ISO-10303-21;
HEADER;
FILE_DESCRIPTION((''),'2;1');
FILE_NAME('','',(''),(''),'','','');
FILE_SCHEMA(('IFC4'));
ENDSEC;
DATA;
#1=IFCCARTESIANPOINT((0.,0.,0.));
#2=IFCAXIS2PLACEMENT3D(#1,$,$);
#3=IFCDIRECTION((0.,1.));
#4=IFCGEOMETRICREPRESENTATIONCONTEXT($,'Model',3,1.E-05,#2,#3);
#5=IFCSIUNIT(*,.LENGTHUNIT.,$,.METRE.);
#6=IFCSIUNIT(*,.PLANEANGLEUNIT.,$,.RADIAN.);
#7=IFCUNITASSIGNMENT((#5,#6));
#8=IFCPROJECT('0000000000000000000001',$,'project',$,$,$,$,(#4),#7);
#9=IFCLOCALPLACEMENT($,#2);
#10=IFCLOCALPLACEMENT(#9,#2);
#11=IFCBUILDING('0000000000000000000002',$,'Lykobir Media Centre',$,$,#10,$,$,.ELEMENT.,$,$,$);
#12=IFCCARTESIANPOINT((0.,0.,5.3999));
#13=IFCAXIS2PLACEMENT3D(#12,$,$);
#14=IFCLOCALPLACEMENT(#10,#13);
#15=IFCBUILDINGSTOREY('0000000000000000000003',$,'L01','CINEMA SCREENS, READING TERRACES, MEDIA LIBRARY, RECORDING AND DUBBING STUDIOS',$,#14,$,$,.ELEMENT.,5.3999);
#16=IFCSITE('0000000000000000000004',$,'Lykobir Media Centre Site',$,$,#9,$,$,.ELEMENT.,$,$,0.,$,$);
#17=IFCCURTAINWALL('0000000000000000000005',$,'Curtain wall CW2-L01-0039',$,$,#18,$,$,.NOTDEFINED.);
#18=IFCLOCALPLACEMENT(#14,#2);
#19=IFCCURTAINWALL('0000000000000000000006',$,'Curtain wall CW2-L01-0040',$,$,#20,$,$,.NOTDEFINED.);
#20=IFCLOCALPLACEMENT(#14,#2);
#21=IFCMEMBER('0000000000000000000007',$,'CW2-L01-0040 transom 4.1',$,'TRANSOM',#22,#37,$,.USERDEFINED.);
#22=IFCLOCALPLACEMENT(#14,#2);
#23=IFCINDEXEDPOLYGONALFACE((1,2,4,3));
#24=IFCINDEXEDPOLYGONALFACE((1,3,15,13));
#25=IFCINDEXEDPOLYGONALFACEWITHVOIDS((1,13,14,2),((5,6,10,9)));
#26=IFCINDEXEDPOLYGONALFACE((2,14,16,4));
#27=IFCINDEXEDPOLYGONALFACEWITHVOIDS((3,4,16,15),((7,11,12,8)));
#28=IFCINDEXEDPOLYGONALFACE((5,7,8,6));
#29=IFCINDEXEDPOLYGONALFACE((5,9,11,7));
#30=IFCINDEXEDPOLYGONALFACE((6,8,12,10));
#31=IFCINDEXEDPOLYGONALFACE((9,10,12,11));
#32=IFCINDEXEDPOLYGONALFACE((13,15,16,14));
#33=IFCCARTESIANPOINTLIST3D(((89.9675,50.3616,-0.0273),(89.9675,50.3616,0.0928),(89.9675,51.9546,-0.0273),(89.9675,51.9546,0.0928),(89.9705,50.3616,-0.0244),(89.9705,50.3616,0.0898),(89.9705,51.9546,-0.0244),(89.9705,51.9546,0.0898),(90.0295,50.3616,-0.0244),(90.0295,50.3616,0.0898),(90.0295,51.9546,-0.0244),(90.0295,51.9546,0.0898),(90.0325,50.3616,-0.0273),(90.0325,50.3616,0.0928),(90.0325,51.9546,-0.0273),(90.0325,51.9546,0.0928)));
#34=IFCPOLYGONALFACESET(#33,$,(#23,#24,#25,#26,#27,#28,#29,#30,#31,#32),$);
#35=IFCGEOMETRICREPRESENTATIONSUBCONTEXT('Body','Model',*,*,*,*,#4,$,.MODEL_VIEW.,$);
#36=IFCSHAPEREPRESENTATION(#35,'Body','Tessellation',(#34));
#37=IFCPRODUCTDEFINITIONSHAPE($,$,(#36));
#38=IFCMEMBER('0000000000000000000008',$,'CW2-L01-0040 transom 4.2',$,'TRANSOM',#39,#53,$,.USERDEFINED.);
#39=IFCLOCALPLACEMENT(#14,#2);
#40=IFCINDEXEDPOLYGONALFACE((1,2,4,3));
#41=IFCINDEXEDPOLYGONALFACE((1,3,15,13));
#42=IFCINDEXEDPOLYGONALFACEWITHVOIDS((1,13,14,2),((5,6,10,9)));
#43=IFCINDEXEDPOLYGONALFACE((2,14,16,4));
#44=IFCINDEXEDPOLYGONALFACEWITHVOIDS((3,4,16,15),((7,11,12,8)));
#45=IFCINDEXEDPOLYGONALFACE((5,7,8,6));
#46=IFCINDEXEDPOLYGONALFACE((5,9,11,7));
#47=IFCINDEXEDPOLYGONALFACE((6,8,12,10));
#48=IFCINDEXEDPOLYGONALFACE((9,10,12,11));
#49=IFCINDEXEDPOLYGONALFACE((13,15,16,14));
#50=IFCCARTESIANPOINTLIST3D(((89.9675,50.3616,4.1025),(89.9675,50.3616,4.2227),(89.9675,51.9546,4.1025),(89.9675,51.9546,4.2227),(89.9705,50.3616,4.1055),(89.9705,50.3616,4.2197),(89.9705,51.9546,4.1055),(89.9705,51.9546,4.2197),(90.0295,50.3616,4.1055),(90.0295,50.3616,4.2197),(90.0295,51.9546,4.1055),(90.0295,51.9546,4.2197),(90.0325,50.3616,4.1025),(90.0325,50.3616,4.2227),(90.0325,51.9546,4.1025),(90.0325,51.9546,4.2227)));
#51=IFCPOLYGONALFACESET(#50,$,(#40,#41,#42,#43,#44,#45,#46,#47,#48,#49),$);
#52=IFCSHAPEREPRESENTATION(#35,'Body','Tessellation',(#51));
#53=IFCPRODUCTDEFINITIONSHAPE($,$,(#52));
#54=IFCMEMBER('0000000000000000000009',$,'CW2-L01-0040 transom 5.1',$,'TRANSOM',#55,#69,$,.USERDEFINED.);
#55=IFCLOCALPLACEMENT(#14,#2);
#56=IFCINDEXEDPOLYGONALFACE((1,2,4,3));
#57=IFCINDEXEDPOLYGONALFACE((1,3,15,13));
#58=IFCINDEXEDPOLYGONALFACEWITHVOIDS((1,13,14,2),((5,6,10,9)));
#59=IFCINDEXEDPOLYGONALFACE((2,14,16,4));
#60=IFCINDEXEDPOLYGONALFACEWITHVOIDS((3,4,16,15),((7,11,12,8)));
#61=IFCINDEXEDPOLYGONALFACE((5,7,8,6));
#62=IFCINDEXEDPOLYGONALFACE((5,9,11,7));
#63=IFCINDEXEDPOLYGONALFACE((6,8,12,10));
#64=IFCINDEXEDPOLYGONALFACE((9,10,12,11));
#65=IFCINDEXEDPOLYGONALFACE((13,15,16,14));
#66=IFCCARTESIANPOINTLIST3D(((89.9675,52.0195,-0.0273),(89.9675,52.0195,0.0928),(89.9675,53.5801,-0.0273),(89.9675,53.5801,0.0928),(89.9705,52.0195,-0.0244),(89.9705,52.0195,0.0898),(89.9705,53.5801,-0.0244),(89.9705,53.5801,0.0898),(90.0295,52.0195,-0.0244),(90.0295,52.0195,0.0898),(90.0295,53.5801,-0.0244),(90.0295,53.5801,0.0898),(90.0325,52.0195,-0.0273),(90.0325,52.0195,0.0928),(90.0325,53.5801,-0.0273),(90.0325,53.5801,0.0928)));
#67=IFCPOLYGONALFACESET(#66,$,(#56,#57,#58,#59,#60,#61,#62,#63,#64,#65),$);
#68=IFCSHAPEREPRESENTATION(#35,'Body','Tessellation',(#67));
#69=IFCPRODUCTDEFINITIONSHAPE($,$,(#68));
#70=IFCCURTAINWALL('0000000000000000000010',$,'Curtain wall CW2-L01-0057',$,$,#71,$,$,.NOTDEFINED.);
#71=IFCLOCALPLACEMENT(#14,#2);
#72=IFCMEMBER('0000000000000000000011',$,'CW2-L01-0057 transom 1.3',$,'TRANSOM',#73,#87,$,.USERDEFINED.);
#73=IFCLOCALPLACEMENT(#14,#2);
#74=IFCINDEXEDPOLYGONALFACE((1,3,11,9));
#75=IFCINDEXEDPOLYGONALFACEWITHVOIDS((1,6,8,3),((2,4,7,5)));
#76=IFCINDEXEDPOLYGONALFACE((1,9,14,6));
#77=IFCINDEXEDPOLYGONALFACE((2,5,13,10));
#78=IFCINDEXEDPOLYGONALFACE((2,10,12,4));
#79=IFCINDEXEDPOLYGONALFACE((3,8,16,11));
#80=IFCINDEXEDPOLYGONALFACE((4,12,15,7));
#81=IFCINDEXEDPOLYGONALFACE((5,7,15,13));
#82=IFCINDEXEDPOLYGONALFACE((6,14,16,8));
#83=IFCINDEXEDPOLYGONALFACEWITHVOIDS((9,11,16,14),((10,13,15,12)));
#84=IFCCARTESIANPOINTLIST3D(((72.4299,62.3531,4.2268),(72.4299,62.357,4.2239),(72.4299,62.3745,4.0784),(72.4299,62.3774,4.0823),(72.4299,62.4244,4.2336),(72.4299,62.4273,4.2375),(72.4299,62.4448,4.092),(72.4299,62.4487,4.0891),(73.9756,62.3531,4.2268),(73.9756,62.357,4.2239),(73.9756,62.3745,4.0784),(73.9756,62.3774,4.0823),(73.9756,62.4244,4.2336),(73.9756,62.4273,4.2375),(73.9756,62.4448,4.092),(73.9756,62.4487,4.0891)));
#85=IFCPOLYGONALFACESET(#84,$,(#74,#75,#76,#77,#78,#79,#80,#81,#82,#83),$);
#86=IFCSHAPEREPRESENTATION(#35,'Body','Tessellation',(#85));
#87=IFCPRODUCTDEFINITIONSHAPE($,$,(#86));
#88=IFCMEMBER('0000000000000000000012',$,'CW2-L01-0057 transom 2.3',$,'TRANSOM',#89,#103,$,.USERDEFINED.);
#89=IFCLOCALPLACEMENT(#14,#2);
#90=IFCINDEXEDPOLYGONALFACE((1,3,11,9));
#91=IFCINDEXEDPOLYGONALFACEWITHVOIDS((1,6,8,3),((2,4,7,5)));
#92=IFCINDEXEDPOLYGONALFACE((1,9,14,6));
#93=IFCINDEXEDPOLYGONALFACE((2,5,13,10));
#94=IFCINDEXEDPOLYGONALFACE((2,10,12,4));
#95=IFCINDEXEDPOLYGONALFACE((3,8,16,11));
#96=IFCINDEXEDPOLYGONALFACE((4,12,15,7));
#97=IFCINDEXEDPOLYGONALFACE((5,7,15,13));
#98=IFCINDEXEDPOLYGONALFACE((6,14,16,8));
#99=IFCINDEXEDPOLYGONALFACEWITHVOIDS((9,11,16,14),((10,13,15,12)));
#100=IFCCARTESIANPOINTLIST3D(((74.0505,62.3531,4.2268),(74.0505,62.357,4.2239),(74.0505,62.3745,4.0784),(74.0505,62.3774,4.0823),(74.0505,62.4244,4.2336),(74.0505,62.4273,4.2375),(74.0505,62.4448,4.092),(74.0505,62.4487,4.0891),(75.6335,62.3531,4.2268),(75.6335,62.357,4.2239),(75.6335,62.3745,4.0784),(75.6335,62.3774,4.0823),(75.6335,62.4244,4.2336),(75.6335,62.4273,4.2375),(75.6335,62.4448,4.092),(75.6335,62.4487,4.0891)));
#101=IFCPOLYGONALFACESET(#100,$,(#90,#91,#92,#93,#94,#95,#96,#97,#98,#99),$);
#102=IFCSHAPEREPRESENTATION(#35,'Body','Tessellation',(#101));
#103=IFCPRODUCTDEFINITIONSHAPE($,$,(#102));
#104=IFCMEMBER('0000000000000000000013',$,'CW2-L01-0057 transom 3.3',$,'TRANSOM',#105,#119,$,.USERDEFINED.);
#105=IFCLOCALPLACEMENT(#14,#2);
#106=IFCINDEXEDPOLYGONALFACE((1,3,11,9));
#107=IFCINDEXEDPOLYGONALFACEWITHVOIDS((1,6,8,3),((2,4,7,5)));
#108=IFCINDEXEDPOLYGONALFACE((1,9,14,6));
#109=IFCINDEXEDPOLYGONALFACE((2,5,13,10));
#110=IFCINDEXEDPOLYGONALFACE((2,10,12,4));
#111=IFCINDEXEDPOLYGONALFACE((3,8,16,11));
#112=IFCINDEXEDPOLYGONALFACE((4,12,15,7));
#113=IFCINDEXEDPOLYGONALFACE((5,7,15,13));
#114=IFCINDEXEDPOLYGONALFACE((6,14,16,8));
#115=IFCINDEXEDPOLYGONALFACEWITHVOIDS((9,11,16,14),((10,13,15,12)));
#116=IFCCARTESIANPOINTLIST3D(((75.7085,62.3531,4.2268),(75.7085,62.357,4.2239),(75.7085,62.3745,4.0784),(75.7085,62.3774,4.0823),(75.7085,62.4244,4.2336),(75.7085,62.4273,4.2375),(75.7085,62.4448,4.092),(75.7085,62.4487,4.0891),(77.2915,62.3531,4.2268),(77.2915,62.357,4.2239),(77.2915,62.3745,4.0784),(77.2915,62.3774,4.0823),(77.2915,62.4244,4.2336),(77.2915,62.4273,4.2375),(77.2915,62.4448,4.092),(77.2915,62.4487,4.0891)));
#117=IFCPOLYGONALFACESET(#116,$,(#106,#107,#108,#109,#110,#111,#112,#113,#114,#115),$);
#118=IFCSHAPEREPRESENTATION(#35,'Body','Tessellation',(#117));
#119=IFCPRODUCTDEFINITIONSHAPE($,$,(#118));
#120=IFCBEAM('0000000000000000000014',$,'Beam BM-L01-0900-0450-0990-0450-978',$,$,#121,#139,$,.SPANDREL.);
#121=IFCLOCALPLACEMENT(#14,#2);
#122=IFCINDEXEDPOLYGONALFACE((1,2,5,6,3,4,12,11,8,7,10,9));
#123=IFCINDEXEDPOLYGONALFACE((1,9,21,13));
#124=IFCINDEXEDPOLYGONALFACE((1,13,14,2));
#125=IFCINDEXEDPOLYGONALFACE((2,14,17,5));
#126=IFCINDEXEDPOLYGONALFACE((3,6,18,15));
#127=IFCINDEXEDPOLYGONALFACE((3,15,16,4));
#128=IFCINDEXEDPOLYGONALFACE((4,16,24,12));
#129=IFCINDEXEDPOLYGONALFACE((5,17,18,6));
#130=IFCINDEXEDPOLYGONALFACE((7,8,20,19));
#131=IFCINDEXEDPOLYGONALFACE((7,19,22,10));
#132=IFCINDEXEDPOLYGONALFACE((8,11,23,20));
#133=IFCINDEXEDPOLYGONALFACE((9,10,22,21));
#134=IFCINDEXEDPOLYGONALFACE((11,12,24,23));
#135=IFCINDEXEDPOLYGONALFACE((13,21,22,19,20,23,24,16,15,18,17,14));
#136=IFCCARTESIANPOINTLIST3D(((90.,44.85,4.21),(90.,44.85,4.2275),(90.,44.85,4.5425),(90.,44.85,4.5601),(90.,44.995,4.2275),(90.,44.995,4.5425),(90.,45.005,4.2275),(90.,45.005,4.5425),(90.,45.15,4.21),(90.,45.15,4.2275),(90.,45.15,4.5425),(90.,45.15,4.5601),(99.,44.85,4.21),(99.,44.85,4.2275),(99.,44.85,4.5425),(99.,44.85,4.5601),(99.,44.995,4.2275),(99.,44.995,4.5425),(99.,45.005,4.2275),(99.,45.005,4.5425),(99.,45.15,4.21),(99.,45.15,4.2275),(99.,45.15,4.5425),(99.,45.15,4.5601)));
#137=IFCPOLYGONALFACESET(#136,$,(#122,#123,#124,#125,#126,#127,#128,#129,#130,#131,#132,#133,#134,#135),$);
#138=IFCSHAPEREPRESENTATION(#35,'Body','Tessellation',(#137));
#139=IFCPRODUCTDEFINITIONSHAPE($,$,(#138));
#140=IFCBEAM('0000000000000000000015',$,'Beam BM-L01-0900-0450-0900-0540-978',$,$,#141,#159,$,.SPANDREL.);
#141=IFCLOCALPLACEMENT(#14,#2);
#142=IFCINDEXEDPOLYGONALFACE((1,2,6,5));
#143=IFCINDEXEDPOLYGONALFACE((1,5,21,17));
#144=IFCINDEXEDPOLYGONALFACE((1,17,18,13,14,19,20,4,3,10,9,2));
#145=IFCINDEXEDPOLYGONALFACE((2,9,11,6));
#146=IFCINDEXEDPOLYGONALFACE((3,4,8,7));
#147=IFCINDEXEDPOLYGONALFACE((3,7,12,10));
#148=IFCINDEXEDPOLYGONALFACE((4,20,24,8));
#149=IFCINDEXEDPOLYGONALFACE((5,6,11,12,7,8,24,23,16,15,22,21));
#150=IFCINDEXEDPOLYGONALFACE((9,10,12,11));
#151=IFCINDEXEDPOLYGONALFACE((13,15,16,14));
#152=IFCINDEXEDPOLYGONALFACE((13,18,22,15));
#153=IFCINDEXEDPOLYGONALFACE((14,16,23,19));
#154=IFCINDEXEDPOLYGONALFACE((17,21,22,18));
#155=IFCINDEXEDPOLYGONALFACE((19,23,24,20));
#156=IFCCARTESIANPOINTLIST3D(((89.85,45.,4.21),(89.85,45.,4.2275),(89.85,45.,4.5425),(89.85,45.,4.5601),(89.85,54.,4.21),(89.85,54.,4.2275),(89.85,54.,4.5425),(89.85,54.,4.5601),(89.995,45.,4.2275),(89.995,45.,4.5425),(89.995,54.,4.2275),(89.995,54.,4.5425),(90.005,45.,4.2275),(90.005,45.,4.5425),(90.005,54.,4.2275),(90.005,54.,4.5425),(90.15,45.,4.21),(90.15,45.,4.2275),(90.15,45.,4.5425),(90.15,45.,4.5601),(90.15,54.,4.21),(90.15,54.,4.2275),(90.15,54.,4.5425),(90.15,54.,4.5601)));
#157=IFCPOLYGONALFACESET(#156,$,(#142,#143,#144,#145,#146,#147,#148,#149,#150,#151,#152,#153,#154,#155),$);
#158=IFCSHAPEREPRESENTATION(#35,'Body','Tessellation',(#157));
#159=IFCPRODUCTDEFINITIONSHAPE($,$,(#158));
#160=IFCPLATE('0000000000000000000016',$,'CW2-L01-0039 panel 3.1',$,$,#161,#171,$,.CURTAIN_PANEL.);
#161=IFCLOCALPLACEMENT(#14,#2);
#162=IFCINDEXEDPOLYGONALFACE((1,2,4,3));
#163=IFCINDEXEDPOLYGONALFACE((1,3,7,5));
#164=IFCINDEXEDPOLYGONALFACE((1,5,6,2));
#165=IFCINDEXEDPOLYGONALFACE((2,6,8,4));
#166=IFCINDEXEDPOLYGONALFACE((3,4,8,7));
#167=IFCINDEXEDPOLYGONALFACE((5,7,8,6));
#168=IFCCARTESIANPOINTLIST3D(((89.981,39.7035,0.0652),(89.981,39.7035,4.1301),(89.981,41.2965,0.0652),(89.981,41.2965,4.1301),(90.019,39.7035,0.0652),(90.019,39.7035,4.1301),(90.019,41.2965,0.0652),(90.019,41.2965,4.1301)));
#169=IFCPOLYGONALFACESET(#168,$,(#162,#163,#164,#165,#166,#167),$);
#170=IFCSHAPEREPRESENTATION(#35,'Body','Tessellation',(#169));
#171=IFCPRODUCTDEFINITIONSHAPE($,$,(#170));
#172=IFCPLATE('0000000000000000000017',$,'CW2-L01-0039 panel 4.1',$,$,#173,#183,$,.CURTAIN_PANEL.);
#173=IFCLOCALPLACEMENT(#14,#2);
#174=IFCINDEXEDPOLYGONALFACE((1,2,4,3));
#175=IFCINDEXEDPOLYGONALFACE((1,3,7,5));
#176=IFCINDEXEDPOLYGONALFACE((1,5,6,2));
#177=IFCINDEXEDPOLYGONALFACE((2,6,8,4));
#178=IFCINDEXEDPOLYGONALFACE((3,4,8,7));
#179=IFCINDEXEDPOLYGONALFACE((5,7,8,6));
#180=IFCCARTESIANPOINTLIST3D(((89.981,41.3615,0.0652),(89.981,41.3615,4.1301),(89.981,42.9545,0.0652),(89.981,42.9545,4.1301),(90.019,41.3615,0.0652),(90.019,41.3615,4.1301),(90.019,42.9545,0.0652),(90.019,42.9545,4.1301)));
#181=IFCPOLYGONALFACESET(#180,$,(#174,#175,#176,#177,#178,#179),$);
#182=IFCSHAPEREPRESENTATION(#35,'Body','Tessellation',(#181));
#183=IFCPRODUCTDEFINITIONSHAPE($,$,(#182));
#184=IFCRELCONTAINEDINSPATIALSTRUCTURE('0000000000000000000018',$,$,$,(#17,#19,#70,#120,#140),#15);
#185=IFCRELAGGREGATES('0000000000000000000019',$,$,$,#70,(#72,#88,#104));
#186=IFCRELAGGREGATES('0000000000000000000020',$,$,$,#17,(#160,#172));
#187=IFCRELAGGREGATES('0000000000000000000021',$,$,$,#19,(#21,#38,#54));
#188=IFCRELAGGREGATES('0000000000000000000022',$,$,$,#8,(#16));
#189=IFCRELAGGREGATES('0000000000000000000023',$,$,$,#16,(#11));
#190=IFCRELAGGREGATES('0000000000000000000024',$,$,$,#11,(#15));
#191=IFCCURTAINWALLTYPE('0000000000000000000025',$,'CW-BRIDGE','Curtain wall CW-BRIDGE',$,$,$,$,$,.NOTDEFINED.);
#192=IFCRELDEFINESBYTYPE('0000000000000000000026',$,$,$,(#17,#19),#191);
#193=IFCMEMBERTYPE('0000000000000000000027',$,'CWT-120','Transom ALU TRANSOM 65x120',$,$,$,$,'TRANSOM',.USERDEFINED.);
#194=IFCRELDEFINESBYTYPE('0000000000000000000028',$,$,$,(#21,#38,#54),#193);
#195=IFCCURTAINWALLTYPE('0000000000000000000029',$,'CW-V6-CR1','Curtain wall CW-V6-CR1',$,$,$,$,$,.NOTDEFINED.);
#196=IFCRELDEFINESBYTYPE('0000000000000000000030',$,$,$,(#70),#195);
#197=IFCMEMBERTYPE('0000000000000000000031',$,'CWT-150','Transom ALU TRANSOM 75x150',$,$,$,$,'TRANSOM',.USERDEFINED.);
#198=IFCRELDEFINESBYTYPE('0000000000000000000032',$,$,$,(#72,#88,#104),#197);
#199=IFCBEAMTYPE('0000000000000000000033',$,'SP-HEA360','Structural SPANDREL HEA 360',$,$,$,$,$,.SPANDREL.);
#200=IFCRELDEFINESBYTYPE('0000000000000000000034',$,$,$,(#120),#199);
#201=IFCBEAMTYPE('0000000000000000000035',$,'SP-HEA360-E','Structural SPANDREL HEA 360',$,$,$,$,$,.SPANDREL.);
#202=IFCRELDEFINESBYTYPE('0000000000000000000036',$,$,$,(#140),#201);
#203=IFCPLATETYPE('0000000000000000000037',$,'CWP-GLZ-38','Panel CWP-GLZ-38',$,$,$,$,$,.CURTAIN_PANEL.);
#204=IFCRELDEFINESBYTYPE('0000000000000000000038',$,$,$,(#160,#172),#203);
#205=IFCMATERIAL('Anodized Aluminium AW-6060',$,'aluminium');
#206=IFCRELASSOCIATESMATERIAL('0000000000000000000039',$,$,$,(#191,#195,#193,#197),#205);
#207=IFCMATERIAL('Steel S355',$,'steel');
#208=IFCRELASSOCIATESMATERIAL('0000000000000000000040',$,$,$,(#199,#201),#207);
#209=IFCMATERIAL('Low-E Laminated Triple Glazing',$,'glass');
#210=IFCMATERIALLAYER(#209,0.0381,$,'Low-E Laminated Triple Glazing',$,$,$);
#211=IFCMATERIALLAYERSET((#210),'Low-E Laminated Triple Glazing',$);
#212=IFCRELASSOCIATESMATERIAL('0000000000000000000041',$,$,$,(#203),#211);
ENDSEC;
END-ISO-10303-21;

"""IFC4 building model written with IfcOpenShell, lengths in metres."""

from ifc_helpers import new_model, si_unit, direction, frame, origin, origin_2d, place, context, subcontext, project, spatial, rectangle, hollow_rectangle, i_section, extrude, material, layer, layer_set, material_profile, profile_set, type_object, element, aggregate, save


model = new_model("IFC4")

# Units and contexts
model_context = context("Model", 3, precision=1e-05, world=origin(), true_north=direction((0.0, 1.0)))
body_context = subcontext(model_context, "Body", "Model", "MODEL_VIEW")
ifc_project = project(units=[si_unit("LENGTHUNIT", "METRE"), si_unit("PLANEANGLEUNIT", "RADIAN")], contexts=[model_context])

# Site, building, storey
site_placement = place(None, origin())
site = spatial("IfcSite", under=ifc_project, at=site_placement, Name="Lykobir Media Centre Site", CompositionType="ELEMENT", RefElevation=0.0)
building_placement = place(site_placement, origin())
building = spatial("IfcBuilding", under=site, at=building_placement, Name="Lykobir Media Centre", CompositionType="ELEMENT")
storey_placement = place(building_placement, frame((0.0, 0.0, 5.3999)))
storey = spatial("IfcBuildingStorey", under=building, at=storey_placement, Name="L01", Description="CINEMA SCREENS, READING TERRACES, MEDIA LIBRARY, RECORDING AND DUBBING STUDIOS", CompositionType="ELEMENT", Elevation=5.3999)

# Curtain walls
ifc_material_1 = material(Name="Anodized Aluminium AW-6060", Category="aluminium")
curtain_wall_type_1 = type_object("IfcCurtainWallType", Name="CW-BRIDGE", Description="Curtain wall CW-BRIDGE", PredefinedType="NOTDEFINED", material=ifc_material_1)
curtain_wall_1_placement = place(storey_placement, origin())
curtain_wall_1 = element("IfcCurtainWall", 1, at=curtain_wall_1_placement, inside=storey, type_object=curtain_wall_type_1, Name="Curtain wall CW2-L01-0039", PredefinedType="NOTDEFINED")
curtain_wall_2_placement = place(storey_placement, origin())
curtain_wall_2 = element("IfcCurtainWall", 2, at=curtain_wall_2_placement, inside=storey, type_object=curtain_wall_type_1, Name="Curtain wall CW2-L01-0040", PredefinedType="NOTDEFINED")

# Members
ifc_material_profile_1 = material_profile(ifc_material_1, hollow_rectangle(XDim=0.0649, YDim=0.1201, WallThickness=0.0029, at=origin_2d()), Name="ALU TRANSOM 65x120")
ifc_profile_set_1 = profile_set([ifc_material_profile_1], Name="Anodized Aluminium AW-6060")
member_type_1 = type_object("IfcMemberType", Name="CWT-120", Description="Transom ALU TRANSOM 65x120", ElementType="TRANSOM", PredefinedType="USERDEFINED", material=ifc_profile_set_1)
member_1_placement = place(storey_placement, frame((90.0, 50.3616, 0.0327), z_axis=(0.0, 1.0, 0.0), x_axis=(-1.0, 0.0, 0.0)))
member_1 = element("IfcMember", 3, at=member_1_placement, type_object=member_type_1, Name="CW2-L01-0040 transom 4.1", ObjectType="TRANSOM", PredefinedType="USERDEFINED", context=body_context, shape_type="SweptSolid", body=[
    extrude(hollow_rectangle(XDim=0.0649, YDim=0.1201, WallThickness=0.0029, at=origin_2d()), origin(), (0.0, 0.0, 1.0), 1.593),
])
member_2_placement = place(storey_placement, frame((90.0, 50.3616, 4.1626), z_axis=(0.0, 1.0, 0.0), x_axis=(-1.0, 0.0, 0.0)))
member_2 = element("IfcMember", 4, at=member_2_placement, type_object=member_type_1, Name="CW2-L01-0040 transom 4.2", ObjectType="TRANSOM", PredefinedType="USERDEFINED", context=body_context, shape_type="SweptSolid", body=[
    extrude(hollow_rectangle(XDim=0.0649, YDim=0.1201, WallThickness=0.0029, at=origin_2d()), origin(), (0.0, 0.0, 1.0), 1.593),
])
member_3_placement = place(storey_placement, frame((90.0, 52.0195, 0.0327), z_axis=(0.0, 1.0, 0.0), x_axis=(-1.0, 0.0, 0.0)))
member_3 = element("IfcMember", 5, at=member_3_placement, type_object=member_type_1, Name="CW2-L01-0040 transom 5.1", ObjectType="TRANSOM", PredefinedType="USERDEFINED", context=body_context, shape_type="SweptSolid", body=[
    extrude(hollow_rectangle(XDim=0.0649, YDim=0.1201, WallThickness=0.0029, at=origin_2d()), origin(), (0.0, 0.0, 1.0), 1.5605),
])

# Curtain wall, members
curtain_wall_type_2 = type_object("IfcCurtainWallType", Name="CW-V6-CR1", Description="Curtain wall CW-V6-CR1", PredefinedType="NOTDEFINED", material=ifc_material_1)
curtain_wall_3_placement = place(storey_placement, origin())
curtain_wall_3 = element("IfcCurtainWall", 6, at=curtain_wall_3_placement, inside=storey, type_object=curtain_wall_type_2, Name="Curtain wall CW2-L01-0057", PredefinedType="NOTDEFINED")
ifc_material_profile_2 = material_profile(ifc_material_1, hollow_rectangle(XDim=0.075, YDim=0.1499, WallThickness=0.0034, at=origin_2d()), Name="ALU TRANSOM 75x150")
ifc_profile_set_2 = profile_set([ifc_material_profile_2], Name="Anodized Aluminium AW-6060")
member_type_2 = type_object("IfcMemberType", Name="CWT-150", Description="Transom ALU TRANSOM 75x150", ElementType="TRANSOM", PredefinedType="USERDEFINED", material=ifc_profile_set_2)
member_4_placement = place(storey_placement, frame((72.4299, 62.4009, 4.158), z_axis=(1.0, 0.0, 0.0), x_axis=(0.0, 0.989776, 0.142629)))
member_4 = element("IfcMember", 7, at=member_4_placement, type_object=member_type_2, Name="CW2-L01-0057 transom 1.3", ObjectType="TRANSOM", PredefinedType="USERDEFINED", context=body_context, shape_type="SweptSolid", body=[
    extrude(hollow_rectangle(XDim=0.075, YDim=0.1499, WallThickness=0.0034, at=origin_2d()), origin(), (0.0, 0.0, 1.0), 1.5457),
])
member_5_placement = place(storey_placement, frame((74.0505, 62.4009, 4.158), z_axis=(1.0, 0.0, 0.0), x_axis=(0.0, 0.989776, 0.142629)))
member_5 = element("IfcMember", 8, at=member_5_placement, type_object=member_type_2, Name="CW2-L01-0057 transom 2.3", ObjectType="TRANSOM", PredefinedType="USERDEFINED", context=body_context, shape_type="SweptSolid", body=[
    extrude(hollow_rectangle(XDim=0.075, YDim=0.1499, WallThickness=0.0034, at=origin_2d()), origin(), (0.0, 0.0, 1.0), 1.583),
])
member_6_placement = place(storey_placement, frame((75.7085, 62.4009, 4.158), z_axis=(1.0, 0.0, 0.0), x_axis=(0.0, 0.989776, 0.142629)))
member_6 = element("IfcMember", 9, at=member_6_placement, type_object=member_type_2, Name="CW2-L01-0057 transom 3.3", ObjectType="TRANSOM", PredefinedType="USERDEFINED", context=body_context, shape_type="SweptSolid", body=[
    extrude(hollow_rectangle(XDim=0.075, YDim=0.1499, WallThickness=0.0034, at=origin_2d()), origin(), (0.0, 0.0, 1.0), 1.583),
])
aggregate(curtain_wall_3, [member_4, member_5, member_6])

# Beams
ifc_material_2 = material(Name="Steel S355", Category="steel")
ifc_material_profile_3 = material_profile(ifc_material_2, i_section(OverallWidth=0.3, OverallDepth=0.3501, WebThickness=0.01, FlangeThickness=0.0176, at=origin_2d()), Name="HEA 360")
ifc_profile_set_3 = profile_set([ifc_material_profile_3], Name="Steel S355")
beam_type_1 = type_object("IfcBeamType", Name="SP-HEA360", Description="Structural SPANDREL HEA 360", PredefinedType="SPANDREL", material=ifc_profile_set_3)
beam_1_placement = place(storey_placement, frame((90.0, 45.0, 4.385), z_axis=(1.0, 0.0, 0.0), x_axis=(0.0, 1.0, 0.0)))
element("IfcBeam", 10, at=beam_1_placement, inside=storey, type_object=beam_type_1, Name="Beam BM-L01-0900-0450-0990-0450-978", PredefinedType="SPANDREL", context=body_context, shape_type="SweptSolid", body=[
    extrude(i_section(OverallWidth=0.3, OverallDepth=0.3501, WebThickness=0.01, FlangeThickness=0.0176, at=origin_2d()), origin(), (0.0, 0.0, 1.0), 9.0),
])
ifc_material_profile_4 = material_profile(ifc_material_2, i_section(OverallWidth=0.3, OverallDepth=0.3501, WebThickness=0.01, FlangeThickness=0.0176, at=origin_2d()), Name="HEA 360")
ifc_profile_set_4 = profile_set([ifc_material_profile_4], Name="Steel S355")
beam_type_2 = type_object("IfcBeamType", Name="SP-HEA360-E", Description="Structural SPANDREL HEA 360", PredefinedType="SPANDREL", material=ifc_profile_set_4)
beam_2_placement = place(storey_placement, frame((90.0, 45.0, 4.385), z_axis=(0.0, 1.0, 0.0), x_axis=(-1.0, 0.0, 0.0)))
element("IfcBeam", 11, at=beam_2_placement, inside=storey, type_object=beam_type_2, Name="Beam BM-L01-0900-0450-0900-0540-978", PredefinedType="SPANDREL", context=body_context, shape_type="SweptSolid", body=[
    extrude(i_section(OverallWidth=0.3, OverallDepth=0.3501, WebThickness=0.01, FlangeThickness=0.0176, at=origin_2d()), origin(), (0.0, 0.0, 1.0), 9.0),
])

# Plates
ifc_material_3 = material(Name="Low-E Laminated Triple Glazing", Category="glass")
ifc_layer_1 = layer(ifc_material_3, 0.0381, Name="Low-E Laminated Triple Glazing")
ifc_layer_set_1 = layer_set([ifc_layer_1], Name="Low-E Laminated Triple Glazing")
plate_type = type_object("IfcPlateType", Name="CWP-GLZ-38", Description="Panel CWP-GLZ-38", PredefinedType="CURTAIN_PANEL", material=ifc_layer_set_1)
plate_1_placement = place(storey_placement, frame((90.0, 40.5, 0.0652), z_axis=(0.0, 0.0, 1.0), x_axis=(0.0, 1.0, 0.0)))
plate_1 = element("IfcPlate", 12, at=plate_1_placement, type_object=plate_type, Name="CW2-L01-0039 panel 3.1", PredefinedType="CURTAIN_PANEL", context=body_context, shape_type="SweptSolid", body=[
    extrude(rectangle(XDim=1.593, YDim=0.0381, at=origin_2d()), origin(), (0.0, 0.0, 1.0), 4.0649),
])
plate_2_placement = place(storey_placement, frame((90.0, 42.158, 0.0652), z_axis=(0.0, 0.0, 1.0), x_axis=(0.0, 1.0, 0.0)))
plate_2 = element("IfcPlate", 13, at=plate_2_placement, type_object=plate_type, Name="CW2-L01-0039 panel 4.1", PredefinedType="CURTAIN_PANEL", context=body_context, shape_type="SweptSolid", body=[
    extrude(rectangle(XDim=1.593, YDim=0.0381, at=origin_2d()), origin(), (0.0, 0.0, 1.0), 4.0649),
])
aggregate(curtain_wall_1, [plate_1, plate_2])
aggregate(curtain_wall_2, [member_1, member_2, member_3])

save(model, "model.ifc")
